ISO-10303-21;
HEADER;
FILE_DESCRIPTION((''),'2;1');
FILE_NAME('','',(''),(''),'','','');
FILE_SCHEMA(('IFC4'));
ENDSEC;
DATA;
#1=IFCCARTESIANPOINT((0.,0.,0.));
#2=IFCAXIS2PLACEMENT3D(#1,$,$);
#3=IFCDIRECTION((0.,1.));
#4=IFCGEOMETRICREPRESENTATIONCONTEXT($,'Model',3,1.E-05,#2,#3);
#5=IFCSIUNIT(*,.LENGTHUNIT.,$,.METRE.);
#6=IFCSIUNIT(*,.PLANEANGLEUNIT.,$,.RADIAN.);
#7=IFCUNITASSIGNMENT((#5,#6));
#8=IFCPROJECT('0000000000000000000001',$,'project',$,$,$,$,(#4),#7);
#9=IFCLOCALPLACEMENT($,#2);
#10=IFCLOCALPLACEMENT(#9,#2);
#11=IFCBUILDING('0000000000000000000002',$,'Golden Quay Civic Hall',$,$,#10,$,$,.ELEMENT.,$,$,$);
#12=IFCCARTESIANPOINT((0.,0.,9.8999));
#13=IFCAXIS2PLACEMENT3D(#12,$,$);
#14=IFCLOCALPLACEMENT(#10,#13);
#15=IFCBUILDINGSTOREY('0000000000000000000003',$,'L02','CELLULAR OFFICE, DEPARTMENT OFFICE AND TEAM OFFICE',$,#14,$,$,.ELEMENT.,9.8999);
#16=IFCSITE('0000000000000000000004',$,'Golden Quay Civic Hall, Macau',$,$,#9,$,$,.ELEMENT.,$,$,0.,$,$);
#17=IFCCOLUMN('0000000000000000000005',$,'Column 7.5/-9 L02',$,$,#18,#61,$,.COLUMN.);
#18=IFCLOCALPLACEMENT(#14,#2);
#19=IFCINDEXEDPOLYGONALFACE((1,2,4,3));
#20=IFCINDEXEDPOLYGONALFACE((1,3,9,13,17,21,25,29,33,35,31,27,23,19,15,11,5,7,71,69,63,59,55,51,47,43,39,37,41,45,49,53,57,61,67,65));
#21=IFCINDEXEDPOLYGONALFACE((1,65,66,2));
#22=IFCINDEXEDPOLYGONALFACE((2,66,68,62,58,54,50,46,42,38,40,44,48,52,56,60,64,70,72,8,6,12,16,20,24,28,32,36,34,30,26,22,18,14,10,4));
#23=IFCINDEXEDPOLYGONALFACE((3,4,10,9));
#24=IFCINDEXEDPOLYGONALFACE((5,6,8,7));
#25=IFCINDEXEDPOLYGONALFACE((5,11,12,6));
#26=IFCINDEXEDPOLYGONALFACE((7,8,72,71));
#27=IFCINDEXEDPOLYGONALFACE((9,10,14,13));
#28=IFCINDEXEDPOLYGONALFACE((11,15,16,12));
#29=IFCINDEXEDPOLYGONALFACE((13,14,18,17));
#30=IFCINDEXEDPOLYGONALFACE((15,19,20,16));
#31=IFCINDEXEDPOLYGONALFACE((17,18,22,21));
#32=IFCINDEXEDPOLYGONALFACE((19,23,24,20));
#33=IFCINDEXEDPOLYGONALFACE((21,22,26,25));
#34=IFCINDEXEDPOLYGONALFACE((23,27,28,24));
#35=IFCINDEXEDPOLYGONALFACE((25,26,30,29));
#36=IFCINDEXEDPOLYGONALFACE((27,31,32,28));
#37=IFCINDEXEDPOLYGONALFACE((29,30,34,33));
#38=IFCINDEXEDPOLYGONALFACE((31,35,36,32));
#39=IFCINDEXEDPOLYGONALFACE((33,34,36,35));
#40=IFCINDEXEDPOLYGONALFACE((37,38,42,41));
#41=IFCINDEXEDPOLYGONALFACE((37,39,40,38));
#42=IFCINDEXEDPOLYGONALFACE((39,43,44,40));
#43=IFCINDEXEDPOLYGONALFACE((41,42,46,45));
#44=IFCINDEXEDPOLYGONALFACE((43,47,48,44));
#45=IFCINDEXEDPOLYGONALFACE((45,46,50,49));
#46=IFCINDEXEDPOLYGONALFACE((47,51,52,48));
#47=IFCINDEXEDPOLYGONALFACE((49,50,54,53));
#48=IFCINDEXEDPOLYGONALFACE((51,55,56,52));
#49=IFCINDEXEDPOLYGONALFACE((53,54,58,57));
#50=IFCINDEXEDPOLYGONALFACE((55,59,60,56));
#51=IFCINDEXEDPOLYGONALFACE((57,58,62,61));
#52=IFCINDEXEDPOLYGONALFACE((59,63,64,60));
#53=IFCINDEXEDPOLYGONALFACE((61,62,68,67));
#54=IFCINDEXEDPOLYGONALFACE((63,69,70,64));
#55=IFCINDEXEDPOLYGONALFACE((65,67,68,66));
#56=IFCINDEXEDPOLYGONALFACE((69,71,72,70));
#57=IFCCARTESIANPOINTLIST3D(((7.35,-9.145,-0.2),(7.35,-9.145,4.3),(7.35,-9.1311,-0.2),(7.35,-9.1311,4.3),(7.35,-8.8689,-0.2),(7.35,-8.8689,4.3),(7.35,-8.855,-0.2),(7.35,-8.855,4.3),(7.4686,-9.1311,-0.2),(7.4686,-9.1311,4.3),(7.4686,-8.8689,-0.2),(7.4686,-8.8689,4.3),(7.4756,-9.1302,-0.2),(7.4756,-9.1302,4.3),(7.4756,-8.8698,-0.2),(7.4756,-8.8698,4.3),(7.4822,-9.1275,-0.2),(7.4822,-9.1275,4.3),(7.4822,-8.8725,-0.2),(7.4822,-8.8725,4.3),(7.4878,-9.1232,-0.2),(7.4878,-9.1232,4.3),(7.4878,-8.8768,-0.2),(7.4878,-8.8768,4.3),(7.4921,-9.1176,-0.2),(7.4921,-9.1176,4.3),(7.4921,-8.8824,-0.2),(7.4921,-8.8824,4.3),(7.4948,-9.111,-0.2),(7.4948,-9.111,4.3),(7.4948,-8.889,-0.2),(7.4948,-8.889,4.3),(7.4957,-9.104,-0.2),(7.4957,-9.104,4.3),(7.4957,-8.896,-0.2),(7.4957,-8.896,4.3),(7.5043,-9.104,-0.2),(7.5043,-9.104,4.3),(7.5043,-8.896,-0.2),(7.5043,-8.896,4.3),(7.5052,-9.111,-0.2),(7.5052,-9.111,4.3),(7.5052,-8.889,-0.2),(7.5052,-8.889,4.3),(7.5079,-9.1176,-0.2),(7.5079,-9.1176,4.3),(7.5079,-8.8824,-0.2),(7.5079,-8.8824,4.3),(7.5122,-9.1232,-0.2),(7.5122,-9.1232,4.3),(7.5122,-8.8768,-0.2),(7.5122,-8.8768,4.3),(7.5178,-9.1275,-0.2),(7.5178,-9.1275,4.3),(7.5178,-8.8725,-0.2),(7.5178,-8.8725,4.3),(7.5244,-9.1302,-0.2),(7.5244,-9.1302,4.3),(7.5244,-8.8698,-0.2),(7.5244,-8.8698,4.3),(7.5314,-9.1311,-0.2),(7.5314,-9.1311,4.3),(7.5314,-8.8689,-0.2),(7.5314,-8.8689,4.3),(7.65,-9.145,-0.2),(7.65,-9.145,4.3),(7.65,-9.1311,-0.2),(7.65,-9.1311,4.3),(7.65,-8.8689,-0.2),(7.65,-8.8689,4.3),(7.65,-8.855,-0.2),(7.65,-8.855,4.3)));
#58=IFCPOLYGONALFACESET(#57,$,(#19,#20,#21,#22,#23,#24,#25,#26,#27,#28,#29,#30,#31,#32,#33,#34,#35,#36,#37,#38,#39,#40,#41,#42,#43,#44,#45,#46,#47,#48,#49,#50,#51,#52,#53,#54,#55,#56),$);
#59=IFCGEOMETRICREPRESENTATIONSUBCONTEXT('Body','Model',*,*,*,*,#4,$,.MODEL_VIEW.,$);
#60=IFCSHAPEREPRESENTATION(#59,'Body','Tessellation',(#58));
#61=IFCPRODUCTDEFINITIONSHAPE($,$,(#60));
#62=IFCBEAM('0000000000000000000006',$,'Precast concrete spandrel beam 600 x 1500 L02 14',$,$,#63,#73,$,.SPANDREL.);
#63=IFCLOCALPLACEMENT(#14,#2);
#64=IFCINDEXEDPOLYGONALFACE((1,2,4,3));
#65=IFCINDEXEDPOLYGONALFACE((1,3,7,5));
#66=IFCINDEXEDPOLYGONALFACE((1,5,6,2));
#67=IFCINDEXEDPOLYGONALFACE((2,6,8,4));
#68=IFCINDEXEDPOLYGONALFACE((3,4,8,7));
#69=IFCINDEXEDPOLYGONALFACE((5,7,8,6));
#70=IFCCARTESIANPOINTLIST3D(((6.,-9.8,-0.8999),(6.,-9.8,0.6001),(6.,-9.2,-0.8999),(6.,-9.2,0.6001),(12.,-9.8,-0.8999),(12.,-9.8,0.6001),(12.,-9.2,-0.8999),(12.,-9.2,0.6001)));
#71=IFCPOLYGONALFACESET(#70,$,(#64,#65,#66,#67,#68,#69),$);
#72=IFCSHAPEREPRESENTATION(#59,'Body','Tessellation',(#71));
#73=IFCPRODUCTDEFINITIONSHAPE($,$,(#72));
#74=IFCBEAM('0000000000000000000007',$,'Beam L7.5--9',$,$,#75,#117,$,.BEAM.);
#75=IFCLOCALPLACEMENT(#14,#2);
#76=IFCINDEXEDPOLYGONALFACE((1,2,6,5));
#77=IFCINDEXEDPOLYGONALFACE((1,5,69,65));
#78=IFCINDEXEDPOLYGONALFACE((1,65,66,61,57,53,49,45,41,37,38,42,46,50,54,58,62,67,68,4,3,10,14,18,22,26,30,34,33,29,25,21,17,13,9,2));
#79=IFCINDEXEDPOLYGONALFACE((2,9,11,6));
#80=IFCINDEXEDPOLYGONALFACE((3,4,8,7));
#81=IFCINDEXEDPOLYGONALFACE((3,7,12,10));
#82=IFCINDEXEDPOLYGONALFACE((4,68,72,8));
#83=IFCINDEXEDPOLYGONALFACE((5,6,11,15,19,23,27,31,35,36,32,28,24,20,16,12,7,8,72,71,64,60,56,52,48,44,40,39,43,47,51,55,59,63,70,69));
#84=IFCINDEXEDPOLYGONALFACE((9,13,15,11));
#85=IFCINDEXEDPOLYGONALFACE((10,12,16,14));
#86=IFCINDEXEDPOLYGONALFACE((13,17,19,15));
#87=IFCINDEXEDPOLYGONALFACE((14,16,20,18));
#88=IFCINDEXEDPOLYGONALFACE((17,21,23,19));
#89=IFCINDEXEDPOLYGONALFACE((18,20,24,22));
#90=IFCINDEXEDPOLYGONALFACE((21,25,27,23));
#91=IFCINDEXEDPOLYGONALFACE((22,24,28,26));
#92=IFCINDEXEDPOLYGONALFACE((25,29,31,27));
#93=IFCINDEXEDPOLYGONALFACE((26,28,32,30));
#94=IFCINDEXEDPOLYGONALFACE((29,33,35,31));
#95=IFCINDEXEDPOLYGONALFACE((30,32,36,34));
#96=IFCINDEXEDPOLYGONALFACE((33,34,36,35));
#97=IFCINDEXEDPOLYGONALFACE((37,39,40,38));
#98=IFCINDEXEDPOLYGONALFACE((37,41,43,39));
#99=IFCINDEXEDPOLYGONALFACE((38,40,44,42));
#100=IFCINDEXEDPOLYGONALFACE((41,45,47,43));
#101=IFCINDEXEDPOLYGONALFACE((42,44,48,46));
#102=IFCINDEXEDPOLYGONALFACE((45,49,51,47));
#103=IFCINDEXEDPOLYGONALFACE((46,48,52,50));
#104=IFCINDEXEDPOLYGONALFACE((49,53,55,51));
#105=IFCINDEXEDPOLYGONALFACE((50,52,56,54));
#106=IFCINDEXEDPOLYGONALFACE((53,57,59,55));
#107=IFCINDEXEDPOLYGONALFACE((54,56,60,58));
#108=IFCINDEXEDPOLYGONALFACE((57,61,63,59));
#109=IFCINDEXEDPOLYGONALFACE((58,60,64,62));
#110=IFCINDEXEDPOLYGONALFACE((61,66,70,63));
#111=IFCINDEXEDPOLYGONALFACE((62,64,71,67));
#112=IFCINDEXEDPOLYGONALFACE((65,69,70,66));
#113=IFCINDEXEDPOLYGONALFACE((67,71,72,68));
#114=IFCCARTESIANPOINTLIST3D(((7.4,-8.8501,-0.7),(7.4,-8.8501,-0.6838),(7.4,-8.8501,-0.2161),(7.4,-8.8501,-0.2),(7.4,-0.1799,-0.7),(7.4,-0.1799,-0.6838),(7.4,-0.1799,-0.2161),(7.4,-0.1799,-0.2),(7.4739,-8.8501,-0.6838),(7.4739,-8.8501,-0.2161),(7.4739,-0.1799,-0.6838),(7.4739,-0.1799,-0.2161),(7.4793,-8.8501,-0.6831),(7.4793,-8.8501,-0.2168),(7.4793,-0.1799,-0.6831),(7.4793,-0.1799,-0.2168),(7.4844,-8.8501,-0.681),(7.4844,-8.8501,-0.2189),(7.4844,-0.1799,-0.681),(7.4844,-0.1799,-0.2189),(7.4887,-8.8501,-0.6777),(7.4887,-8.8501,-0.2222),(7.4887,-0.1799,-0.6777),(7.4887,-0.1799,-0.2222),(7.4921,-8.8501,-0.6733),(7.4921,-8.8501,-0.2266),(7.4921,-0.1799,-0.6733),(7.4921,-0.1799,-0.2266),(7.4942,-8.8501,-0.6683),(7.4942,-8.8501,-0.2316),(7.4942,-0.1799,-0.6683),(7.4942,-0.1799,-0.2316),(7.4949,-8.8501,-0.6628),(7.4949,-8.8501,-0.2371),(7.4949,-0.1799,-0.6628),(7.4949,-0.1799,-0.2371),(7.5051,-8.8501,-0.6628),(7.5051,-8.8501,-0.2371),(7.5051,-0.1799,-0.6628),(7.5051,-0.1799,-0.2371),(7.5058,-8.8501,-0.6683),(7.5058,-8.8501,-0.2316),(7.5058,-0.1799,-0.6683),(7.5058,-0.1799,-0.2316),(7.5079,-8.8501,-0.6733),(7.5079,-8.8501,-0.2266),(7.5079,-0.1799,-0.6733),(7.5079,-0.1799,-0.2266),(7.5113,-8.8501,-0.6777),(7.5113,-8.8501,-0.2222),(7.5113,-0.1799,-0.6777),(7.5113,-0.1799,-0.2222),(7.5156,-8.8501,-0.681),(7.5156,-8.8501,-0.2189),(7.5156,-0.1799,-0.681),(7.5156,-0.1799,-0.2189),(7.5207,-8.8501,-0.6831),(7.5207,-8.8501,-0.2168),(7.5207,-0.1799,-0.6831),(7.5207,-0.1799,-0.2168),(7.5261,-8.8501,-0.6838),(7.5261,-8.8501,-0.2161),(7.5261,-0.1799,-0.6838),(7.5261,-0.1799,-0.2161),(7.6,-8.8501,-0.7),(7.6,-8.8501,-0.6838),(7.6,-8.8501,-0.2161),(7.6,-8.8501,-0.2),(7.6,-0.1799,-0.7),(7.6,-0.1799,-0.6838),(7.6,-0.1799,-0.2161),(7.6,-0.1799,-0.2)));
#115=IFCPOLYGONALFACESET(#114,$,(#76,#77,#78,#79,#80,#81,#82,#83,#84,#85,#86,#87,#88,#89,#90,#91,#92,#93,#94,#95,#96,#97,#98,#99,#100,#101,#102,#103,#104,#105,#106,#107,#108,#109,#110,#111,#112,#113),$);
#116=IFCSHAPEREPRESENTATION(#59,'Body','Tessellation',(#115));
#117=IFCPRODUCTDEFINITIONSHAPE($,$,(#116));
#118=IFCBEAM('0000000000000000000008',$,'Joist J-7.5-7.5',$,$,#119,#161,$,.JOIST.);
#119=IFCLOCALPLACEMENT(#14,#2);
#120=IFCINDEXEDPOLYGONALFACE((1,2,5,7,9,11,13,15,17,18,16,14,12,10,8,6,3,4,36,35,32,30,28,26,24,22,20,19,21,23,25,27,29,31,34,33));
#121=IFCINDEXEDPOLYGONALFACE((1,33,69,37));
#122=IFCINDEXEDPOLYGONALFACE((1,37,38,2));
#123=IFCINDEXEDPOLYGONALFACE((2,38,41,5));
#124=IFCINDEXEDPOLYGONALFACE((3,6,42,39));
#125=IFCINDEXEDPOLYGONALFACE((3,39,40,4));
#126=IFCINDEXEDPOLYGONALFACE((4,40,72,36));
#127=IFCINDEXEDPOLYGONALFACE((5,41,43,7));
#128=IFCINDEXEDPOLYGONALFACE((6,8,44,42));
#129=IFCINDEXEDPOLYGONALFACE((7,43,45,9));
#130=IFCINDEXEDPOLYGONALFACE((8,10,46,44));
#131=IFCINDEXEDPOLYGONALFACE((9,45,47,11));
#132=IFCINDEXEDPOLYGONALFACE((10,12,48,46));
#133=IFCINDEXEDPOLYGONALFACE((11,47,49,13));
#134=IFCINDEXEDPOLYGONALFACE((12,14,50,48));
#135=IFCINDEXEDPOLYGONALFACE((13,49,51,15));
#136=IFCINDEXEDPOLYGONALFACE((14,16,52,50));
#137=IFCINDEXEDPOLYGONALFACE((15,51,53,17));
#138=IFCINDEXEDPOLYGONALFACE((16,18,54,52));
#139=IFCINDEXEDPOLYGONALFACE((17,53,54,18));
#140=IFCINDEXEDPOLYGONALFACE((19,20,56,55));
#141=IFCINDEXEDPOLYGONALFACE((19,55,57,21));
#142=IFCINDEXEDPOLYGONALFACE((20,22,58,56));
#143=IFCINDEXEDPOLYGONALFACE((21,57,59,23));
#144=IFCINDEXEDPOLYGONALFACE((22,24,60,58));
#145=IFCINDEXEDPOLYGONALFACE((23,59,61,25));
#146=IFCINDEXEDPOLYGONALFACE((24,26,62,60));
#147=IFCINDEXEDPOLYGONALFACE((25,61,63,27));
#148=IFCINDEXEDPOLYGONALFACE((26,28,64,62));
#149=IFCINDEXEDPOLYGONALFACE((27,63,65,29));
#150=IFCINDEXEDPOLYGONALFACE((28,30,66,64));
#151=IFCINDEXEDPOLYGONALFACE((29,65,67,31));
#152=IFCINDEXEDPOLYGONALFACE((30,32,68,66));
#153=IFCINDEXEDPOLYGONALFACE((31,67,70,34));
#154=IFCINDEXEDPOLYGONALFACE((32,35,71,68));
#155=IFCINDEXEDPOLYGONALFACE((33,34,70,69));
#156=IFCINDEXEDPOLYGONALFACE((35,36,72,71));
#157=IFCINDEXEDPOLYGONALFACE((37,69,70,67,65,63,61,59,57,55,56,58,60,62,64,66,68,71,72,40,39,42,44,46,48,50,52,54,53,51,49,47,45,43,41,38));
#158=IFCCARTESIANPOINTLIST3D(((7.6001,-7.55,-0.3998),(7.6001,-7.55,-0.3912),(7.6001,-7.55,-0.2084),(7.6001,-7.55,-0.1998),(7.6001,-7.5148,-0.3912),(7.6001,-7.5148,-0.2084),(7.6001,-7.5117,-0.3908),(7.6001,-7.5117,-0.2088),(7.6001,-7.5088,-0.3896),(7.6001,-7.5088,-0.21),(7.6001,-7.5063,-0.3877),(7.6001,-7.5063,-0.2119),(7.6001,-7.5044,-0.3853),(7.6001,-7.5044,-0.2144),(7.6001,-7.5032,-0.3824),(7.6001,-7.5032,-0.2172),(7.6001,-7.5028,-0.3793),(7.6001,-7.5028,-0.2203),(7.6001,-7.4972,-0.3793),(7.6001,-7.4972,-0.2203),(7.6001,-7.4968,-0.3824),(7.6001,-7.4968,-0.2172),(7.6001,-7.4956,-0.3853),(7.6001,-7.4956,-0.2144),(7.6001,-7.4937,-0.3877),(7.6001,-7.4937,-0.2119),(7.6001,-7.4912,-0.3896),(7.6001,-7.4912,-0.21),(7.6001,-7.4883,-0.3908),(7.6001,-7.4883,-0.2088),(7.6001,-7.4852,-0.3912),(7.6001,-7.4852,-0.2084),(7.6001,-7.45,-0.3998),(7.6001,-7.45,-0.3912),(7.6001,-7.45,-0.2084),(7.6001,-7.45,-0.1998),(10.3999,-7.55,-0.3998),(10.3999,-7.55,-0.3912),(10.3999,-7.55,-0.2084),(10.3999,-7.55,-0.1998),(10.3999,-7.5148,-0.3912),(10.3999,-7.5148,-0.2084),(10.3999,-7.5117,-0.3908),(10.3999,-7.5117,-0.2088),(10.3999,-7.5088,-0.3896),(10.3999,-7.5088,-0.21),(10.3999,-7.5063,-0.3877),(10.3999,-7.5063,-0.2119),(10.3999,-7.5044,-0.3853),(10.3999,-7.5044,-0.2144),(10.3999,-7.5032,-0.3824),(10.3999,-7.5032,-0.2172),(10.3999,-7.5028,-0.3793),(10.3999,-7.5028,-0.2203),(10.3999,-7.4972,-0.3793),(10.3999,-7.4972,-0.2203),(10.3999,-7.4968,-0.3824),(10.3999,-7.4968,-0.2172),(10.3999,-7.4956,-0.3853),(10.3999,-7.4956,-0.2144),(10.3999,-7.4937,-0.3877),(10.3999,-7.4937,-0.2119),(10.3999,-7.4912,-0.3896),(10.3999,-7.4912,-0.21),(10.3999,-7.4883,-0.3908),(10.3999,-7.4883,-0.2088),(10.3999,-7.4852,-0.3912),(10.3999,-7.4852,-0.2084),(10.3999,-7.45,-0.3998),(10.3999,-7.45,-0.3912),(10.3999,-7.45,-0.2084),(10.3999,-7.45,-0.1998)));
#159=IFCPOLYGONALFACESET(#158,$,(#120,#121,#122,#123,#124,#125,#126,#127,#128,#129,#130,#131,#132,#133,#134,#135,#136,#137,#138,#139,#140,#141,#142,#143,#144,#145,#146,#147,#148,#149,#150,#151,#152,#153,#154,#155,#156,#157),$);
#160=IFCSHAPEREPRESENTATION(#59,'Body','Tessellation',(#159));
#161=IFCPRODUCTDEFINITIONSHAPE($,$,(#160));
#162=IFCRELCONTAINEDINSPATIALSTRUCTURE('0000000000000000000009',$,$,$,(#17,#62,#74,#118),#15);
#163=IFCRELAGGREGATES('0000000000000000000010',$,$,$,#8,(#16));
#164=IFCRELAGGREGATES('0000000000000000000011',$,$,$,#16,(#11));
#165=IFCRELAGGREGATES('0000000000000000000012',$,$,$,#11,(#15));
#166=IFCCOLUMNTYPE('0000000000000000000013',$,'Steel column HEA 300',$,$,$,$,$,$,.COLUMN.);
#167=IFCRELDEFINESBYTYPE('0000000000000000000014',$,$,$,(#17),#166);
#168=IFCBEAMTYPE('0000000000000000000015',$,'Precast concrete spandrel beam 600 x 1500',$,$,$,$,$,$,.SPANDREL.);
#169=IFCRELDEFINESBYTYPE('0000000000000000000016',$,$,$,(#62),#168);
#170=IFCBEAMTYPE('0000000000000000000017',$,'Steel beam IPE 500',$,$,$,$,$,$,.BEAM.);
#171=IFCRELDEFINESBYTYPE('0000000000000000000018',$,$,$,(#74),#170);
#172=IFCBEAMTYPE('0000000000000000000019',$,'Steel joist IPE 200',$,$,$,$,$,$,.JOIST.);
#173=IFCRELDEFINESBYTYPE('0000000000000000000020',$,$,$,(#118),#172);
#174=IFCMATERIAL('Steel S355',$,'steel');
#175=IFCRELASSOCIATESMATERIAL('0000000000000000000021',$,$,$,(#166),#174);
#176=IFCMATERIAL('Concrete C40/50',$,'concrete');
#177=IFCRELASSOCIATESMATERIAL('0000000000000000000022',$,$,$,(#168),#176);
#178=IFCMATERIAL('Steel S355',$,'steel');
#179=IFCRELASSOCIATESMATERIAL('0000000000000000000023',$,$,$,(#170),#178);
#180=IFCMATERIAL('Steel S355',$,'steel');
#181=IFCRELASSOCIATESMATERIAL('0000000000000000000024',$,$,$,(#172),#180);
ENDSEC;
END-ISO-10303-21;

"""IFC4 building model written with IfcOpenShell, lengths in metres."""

from ifc_helpers import new_model, si_unit, direction, frame, origin, origin_2d, place, context, subcontext, project, spatial, rectangle, i_section, extrude, material, material_profile, profile_set, type_object, element, save


model = new_model("IFC4")

# Units and contexts
model_context = context("Model", 3, precision=1e-05, world=origin(), true_north=direction((0.0, 1.0)))
body_context = subcontext(model_context, "Body", "Model", "MODEL_VIEW")
ifc_project = project(units=[si_unit("LENGTHUNIT", "METRE"), si_unit("PLANEANGLEUNIT", "RADIAN")], contexts=[model_context])

# Site, building, storey
site_placement = place(None, origin())
site = spatial("IfcSite", under=ifc_project, at=site_placement, Name="Golden Quay Civic Hall, Macau", CompositionType="ELEMENT", RefElevation=0.0)
building_placement = place(site_placement, origin())
building = spatial("IfcBuilding", under=site, at=building_placement, Name="Golden Quay Civic Hall", CompositionType="ELEMENT")
storey_placement = place(building_placement, frame((0.0, 0.0, 9.8999)))
storey = spatial("IfcBuildingStorey", under=building, at=storey_placement, Name="L02", Description="CELLULAR OFFICE, DEPARTMENT OFFICE AND TEAM OFFICE", CompositionType="ELEMENT", Elevation=9.8999)

# Column
ifc_material_1 = material(Name="Steel S355", Category="steel")
ifc_material_profile_1 = material_profile(ifc_material_1, i_section(OverallWidth=0.3, OverallDepth=0.29, WebThickness=0.0085, FlangeThickness=0.0139, FilletRadius=0.0271, at=origin_2d()), Name="HEA 300")
ifc_profile_set_1 = profile_set([ifc_material_profile_1], Name="Steel S355")
column_type = type_object("IfcColumnType", Name="Steel column HEA 300", PredefinedType="COLUMN", material=ifc_profile_set_1)
column_placement = place(storey_placement, frame((7.5, -9.0, -0.2), z_axis=(0.0, 0.0, 1.0), x_axis=(1.0, 0.0, 0.0)))
element("IfcColumn", 1, at=column_placement, inside=storey, type_object=column_type, Name="Column 7.5/-9 L02", PredefinedType="COLUMN", context=body_context, shape_type="SweptSolid", body=[
    extrude(i_section(OverallWidth=0.3, OverallDepth=0.29, WebThickness=0.0085, FlangeThickness=0.0139, FilletRadius=0.0271, at=origin_2d()), origin(), (0.0, 0.0, 1.0), 4.5),
])

# Beams
ifc_material_2 = material(Name="Concrete C40/50", Category="concrete")
ifc_material_profile_2 = material_profile(ifc_material_2, rectangle(XDim=0.6001, YDim=1.5, at=origin_2d()), Name="RC 600x1500")
ifc_profile_set_2 = profile_set([ifc_material_profile_2], Name="Concrete C40/50")
beam_type_1 = type_object("IfcBeamType", Name="Precast concrete spandrel beam 600 x 1500", PredefinedType="SPANDREL", material=ifc_profile_set_2)
beam_1_placement = place(storey_placement, frame((6.0, -9.5, -0.1499), z_axis=(1.0, 0.0, 0.0), x_axis=(0.0, 1.0, 0.0)))
element("IfcBeam", 2, at=beam_1_placement, inside=storey, type_object=beam_type_1, Name="Precast concrete spandrel beam 600 x 1500 L02 14", PredefinedType="SPANDREL", context=body_context, shape_type="SweptSolid", body=[
    extrude(rectangle(XDim=0.6001, YDim=1.5, at=origin_2d()), origin(), (0.0, 0.0, 1.0), 6.0),
])
ifc_material_3 = material(Name="Steel S355", Category="steel")
ifc_material_profile_3 = material_profile(ifc_material_3, i_section(OverallWidth=0.2, OverallDepth=0.5, WebThickness=0.0103, FlangeThickness=0.0161, FilletRadius=0.021, at=origin_2d()), Name="IPE 500")
ifc_profile_set_3 = profile_set([ifc_material_profile_3], Name="Steel S355")
beam_type_2 = type_object("IfcBeamType", Name="Steel beam IPE 500", PredefinedType="BEAM", material=ifc_profile_set_3)
beam_2_placement = place(storey_placement, frame((7.5, -8.8501, -0.45), z_axis=(0.0, 1.0, 0.0), x_axis=(-1.0, 0.0, 0.0)))
element("IfcBeam", 3, at=beam_2_placement, inside=storey, type_object=beam_type_2, Name="Beam L7.5--9", PredefinedType="BEAM", context=body_context, shape_type="SweptSolid", body=[
    extrude(i_section(OverallWidth=0.2, OverallDepth=0.5, WebThickness=0.0103, FlangeThickness=0.0161, FilletRadius=0.021, at=origin_2d()), origin(), (0.0, 0.0, 1.0), 8.6702),
])
ifc_material_4 = material(Name="Steel S355", Category="steel")
ifc_material_profile_4 = material_profile(ifc_material_4, i_section(OverallWidth=0.1001, OverallDepth=0.2, WebThickness=0.0056, FlangeThickness=0.0085, FilletRadius=0.012, at=origin_2d()), Name="IPE 200")
ifc_profile_set_4 = profile_set([ifc_material_profile_4], Name="Steel S355")
beam_type_3 = type_object("IfcBeamType", Name="Steel joist IPE 200", PredefinedType="JOIST", material=ifc_profile_set_4)
for number, where, z_axis, x_axis, name in (
    (4, (7.6001, -7.5, -0.2998), (1.0, 0.0, 0.0), (0.0, 1.0, 0.0), "Joist J-7.5-7.5"),
):
    element("IfcBeam", number, at=place(storey_placement, frame(where, z_axis=z_axis, x_axis=x_axis)), inside=storey, type_object=beam_type_3, Name=name, PredefinedType="JOIST", context=body_context, shape_type="SweptSolid", body=[
        extrude(i_section(OverallWidth=0.1001, OverallDepth=0.2, WebThickness=0.0056, FlangeThickness=0.0085, FilletRadius=0.012, at=origin_2d()), origin(), (0.0, 0.0, 1.0), 2.7998),
    ])

save(model, "model.ifc")
